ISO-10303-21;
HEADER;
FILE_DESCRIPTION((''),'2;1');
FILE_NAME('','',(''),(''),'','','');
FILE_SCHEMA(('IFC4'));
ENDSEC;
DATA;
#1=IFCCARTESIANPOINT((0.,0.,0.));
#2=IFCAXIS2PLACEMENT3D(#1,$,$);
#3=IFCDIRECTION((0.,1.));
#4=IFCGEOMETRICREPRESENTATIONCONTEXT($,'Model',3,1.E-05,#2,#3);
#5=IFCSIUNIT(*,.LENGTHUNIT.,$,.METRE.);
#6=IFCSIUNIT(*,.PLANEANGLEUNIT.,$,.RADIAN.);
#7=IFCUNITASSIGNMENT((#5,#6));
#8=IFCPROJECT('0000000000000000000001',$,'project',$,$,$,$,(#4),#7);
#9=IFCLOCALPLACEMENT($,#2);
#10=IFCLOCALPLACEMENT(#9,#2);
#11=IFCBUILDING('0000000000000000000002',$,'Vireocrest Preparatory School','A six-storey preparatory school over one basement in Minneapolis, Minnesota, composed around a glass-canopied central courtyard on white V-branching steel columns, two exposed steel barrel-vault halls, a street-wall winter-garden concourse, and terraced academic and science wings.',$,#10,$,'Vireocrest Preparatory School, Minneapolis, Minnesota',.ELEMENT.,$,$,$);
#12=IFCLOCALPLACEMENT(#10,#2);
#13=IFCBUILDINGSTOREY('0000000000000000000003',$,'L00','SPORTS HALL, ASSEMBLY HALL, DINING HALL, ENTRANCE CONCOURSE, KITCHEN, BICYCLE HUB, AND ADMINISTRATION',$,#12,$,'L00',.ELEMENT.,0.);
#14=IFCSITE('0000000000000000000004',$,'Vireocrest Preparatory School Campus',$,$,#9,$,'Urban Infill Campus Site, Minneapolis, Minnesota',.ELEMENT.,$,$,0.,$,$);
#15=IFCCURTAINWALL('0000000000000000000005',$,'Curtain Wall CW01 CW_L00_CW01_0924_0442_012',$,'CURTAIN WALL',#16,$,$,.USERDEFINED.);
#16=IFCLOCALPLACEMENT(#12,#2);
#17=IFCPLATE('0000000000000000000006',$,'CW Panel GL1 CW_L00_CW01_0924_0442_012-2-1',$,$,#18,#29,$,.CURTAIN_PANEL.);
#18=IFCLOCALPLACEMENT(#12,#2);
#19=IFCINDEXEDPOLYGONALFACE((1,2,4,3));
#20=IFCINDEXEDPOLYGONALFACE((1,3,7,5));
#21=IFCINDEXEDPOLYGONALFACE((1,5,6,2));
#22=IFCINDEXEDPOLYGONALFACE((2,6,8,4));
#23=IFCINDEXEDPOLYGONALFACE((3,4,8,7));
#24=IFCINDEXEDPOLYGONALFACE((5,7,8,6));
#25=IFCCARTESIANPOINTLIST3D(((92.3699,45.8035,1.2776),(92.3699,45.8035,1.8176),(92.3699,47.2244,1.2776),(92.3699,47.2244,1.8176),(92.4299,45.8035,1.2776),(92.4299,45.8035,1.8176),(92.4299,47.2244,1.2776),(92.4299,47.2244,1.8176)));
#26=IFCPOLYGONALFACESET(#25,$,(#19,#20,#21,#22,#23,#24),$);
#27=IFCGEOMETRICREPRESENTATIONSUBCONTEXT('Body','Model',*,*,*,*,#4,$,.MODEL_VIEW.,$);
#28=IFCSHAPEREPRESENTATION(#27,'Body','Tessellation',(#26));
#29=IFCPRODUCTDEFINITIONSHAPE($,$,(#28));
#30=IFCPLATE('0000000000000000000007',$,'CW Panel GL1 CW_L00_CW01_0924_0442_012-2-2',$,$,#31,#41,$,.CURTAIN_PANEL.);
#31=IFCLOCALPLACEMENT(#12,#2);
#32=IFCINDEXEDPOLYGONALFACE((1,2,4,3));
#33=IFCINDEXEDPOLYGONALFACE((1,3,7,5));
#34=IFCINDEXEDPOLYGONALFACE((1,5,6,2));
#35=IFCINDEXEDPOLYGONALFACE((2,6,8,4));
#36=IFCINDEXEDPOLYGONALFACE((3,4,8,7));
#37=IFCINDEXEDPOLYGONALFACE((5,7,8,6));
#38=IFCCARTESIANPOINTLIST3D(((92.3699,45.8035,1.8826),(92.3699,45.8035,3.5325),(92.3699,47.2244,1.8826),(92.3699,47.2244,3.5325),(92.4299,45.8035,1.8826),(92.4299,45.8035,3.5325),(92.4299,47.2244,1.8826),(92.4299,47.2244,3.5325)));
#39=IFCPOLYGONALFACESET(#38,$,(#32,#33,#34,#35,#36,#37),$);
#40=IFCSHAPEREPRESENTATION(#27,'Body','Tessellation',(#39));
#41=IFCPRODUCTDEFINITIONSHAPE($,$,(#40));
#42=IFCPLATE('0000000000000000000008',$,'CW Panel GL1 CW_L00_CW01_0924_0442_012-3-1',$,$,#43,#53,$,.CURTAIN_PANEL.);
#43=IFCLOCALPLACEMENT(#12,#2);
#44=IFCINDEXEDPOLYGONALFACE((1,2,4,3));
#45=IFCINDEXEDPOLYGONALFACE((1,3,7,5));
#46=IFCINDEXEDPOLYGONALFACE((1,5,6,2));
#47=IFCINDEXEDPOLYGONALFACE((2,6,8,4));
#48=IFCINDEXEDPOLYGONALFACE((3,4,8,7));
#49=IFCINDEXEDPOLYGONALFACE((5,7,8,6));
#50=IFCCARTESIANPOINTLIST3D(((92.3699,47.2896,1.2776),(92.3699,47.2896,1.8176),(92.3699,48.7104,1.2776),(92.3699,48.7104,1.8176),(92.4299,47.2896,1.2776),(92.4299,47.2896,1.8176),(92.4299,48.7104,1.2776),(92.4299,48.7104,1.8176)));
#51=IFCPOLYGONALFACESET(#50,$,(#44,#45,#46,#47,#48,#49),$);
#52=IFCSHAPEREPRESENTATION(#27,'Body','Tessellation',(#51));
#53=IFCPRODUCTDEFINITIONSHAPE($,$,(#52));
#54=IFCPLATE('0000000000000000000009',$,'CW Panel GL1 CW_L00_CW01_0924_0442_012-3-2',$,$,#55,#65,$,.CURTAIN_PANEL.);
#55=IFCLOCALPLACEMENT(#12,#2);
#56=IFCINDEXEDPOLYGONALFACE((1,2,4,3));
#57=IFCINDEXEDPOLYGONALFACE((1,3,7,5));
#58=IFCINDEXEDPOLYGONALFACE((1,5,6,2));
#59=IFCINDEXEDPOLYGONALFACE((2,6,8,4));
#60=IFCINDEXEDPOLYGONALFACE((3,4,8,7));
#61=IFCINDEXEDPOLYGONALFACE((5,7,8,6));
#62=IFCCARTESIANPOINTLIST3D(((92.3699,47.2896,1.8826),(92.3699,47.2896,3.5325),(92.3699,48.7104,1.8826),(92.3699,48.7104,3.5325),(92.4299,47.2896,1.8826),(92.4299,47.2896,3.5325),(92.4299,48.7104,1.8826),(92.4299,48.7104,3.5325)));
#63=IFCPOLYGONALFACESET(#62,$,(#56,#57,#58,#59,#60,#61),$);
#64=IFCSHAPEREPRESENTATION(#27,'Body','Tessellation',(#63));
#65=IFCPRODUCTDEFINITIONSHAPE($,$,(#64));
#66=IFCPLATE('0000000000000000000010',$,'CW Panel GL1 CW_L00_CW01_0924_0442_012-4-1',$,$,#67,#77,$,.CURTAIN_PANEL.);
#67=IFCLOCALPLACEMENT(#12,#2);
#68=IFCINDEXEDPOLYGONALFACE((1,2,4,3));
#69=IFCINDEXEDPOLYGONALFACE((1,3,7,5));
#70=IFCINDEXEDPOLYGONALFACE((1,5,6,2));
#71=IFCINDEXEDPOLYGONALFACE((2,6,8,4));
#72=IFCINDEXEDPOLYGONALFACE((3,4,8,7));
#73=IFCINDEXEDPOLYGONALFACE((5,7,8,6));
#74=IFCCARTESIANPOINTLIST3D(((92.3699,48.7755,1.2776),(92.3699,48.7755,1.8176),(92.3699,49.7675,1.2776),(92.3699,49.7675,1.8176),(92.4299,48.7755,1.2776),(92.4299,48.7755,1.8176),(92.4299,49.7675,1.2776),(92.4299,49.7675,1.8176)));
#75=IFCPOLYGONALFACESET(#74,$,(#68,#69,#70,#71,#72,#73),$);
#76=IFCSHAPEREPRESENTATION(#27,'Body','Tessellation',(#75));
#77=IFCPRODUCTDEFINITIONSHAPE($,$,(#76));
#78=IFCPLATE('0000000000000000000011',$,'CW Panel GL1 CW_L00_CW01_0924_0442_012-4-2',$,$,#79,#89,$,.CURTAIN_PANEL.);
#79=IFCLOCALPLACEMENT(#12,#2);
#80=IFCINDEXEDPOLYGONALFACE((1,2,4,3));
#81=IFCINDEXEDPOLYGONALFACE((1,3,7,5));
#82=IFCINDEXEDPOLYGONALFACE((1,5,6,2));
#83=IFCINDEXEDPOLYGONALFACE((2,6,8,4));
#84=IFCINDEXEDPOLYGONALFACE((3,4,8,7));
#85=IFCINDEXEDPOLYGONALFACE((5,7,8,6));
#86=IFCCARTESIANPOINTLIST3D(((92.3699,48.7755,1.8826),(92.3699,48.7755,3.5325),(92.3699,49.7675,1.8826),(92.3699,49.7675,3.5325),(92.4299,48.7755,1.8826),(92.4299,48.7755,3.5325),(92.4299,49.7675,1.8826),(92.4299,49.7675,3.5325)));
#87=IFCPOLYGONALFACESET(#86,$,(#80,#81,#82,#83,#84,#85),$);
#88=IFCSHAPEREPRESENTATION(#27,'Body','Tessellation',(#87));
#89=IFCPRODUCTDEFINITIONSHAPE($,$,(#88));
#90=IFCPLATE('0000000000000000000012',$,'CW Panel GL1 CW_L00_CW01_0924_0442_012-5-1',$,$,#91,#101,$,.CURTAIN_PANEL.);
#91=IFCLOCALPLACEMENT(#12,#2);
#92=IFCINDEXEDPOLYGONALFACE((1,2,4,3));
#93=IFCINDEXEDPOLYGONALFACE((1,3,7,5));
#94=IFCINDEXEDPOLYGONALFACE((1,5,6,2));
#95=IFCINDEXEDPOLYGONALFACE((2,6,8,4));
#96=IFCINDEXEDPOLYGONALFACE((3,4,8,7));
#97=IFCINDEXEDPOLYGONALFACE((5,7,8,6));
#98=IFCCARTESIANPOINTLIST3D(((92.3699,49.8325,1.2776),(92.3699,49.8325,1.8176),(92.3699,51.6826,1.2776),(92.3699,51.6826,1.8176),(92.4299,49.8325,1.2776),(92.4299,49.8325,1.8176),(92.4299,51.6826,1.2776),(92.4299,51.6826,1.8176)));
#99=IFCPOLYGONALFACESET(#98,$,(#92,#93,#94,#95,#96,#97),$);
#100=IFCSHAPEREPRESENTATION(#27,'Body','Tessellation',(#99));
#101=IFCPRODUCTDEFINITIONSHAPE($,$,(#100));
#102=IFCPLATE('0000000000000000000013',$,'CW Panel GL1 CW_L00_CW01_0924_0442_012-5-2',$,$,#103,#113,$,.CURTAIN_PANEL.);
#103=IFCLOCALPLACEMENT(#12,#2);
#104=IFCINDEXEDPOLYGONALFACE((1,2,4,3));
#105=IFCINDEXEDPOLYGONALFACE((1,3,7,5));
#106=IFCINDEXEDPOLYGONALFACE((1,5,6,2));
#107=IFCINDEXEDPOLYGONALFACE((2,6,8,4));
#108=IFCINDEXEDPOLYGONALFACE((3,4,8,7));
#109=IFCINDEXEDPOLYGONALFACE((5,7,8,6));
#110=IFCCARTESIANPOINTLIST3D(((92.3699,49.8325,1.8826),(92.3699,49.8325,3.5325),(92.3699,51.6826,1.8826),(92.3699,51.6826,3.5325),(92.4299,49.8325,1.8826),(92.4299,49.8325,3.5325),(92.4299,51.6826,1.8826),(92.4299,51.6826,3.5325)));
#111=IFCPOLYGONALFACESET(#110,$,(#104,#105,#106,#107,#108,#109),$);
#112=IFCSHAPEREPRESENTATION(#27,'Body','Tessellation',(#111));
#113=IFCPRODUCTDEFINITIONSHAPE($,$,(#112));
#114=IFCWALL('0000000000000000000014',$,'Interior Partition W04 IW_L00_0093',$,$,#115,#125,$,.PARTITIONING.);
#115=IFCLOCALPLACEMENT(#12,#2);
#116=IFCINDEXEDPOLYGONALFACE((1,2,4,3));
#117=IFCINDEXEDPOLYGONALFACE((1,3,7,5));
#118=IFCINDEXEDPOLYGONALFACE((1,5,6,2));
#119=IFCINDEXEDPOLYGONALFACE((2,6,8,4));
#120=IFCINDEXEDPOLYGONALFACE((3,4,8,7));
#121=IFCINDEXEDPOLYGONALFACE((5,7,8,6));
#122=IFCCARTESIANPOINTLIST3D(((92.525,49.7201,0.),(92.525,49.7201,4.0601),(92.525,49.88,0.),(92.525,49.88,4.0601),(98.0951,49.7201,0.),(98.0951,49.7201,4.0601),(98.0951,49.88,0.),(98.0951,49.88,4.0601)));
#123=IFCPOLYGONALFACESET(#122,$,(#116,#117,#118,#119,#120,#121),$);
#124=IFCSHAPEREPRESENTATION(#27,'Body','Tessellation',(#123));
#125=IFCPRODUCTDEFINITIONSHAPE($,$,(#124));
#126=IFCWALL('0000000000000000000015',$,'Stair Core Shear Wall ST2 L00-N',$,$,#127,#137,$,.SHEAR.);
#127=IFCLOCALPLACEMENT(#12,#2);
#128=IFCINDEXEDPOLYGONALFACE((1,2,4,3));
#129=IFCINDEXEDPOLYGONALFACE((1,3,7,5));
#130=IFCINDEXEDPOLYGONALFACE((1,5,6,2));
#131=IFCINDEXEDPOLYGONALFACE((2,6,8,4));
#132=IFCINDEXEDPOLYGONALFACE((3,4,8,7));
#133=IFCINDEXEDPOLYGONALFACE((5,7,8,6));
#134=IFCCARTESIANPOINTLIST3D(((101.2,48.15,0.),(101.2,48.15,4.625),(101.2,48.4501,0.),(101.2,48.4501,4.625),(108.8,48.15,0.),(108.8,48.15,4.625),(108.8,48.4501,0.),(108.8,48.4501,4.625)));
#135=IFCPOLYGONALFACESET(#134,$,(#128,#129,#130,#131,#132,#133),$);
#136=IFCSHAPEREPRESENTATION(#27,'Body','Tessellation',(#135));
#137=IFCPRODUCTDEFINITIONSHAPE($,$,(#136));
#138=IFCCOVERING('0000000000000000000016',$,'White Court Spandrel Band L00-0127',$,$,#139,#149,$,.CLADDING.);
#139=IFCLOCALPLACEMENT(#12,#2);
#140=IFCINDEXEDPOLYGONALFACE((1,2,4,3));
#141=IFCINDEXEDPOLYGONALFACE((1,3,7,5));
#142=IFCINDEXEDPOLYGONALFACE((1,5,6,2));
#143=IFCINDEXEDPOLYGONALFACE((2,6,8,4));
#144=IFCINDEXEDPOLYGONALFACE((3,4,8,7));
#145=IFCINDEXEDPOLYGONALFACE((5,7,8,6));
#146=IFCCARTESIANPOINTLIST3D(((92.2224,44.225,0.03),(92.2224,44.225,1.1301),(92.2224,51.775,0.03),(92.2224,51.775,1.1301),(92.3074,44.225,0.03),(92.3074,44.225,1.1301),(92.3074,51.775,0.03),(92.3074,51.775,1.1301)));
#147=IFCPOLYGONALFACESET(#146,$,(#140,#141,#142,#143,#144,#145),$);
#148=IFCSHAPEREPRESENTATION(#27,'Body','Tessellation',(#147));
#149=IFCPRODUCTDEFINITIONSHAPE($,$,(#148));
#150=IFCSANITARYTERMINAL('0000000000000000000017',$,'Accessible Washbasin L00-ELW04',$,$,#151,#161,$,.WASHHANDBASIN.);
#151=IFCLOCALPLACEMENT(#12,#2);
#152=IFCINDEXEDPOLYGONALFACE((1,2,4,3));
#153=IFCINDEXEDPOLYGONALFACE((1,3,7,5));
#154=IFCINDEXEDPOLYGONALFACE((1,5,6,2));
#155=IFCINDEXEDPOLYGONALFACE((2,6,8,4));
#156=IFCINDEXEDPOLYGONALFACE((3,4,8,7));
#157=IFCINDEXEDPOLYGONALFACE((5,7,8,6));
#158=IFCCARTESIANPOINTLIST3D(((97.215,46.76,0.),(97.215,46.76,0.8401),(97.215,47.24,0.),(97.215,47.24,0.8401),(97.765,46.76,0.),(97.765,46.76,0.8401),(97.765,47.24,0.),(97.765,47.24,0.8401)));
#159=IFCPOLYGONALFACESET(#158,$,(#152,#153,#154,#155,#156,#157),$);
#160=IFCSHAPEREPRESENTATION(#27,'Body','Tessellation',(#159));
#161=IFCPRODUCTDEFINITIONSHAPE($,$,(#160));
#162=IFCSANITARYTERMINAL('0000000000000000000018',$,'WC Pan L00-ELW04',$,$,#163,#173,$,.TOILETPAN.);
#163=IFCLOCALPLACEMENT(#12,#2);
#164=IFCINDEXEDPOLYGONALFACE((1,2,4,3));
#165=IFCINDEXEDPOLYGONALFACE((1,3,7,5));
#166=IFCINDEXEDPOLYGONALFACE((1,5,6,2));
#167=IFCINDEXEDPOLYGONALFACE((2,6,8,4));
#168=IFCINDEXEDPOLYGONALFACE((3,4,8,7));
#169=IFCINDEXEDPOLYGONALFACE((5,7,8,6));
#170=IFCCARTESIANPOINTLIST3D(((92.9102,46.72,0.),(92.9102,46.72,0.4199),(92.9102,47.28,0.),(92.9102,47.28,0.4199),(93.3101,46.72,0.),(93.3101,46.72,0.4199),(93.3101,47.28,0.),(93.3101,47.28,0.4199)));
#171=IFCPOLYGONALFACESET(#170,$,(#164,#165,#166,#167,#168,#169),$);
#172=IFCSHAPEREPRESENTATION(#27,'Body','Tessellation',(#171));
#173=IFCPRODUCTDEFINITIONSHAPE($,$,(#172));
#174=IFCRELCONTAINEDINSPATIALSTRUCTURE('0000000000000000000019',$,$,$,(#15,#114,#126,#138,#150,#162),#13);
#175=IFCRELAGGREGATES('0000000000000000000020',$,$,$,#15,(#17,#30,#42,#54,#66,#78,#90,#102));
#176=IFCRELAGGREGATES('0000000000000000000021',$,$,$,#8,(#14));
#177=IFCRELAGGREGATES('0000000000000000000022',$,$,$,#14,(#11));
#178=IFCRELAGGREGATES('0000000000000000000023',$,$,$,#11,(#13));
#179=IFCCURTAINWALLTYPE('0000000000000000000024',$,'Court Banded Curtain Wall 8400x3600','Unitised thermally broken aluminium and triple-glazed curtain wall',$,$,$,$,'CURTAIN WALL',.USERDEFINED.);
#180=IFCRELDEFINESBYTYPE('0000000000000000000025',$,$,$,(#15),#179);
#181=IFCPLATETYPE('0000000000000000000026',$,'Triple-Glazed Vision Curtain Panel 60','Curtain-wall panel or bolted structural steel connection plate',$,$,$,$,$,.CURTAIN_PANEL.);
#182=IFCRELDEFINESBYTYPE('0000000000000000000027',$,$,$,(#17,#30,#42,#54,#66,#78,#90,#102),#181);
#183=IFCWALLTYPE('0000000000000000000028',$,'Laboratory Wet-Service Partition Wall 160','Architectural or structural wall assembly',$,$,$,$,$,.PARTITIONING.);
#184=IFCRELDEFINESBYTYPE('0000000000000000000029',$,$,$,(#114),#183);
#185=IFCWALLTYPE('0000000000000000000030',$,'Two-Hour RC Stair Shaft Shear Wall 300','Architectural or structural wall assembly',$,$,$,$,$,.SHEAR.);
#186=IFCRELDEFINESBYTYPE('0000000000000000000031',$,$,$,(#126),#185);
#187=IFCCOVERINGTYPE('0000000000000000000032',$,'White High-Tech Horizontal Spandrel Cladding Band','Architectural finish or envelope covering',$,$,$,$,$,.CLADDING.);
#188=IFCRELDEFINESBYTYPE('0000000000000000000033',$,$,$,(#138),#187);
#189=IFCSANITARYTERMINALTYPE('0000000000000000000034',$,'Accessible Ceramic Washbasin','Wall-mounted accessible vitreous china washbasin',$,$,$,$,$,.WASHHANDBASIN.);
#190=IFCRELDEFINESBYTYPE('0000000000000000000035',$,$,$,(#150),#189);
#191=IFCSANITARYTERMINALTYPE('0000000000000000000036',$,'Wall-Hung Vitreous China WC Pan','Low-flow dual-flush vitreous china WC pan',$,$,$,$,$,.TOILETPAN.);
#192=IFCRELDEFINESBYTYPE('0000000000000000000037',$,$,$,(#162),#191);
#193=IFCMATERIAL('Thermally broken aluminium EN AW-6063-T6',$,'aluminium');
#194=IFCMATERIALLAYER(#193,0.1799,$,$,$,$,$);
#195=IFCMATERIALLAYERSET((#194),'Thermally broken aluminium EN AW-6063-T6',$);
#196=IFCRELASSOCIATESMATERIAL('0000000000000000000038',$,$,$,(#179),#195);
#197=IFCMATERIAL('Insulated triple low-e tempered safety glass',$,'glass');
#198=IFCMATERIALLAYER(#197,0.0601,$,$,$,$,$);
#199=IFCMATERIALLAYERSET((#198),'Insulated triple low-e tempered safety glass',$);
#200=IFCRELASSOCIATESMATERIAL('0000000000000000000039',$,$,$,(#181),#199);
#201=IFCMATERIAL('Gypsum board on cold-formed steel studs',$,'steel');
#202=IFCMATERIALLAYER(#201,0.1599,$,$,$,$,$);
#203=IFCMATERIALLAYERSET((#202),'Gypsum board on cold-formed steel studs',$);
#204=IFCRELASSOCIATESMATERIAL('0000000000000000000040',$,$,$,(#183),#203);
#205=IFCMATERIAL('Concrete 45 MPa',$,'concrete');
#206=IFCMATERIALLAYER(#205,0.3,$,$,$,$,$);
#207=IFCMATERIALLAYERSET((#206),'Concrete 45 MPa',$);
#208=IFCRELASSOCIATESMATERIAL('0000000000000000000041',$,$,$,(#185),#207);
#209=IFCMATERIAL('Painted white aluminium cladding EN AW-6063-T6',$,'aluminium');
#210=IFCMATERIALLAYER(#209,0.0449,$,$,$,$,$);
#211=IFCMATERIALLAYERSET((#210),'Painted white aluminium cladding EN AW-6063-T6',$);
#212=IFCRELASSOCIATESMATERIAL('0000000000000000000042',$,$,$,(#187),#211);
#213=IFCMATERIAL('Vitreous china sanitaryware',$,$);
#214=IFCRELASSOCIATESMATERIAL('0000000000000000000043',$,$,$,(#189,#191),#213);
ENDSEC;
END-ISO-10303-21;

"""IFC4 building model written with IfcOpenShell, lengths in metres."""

from ifc_helpers import new_model, si_unit, direction, frame, frame_2d, origin, origin_2d, place, context, subcontext, project, spatial, rectangle, extrude, material, layer, layer_set, type_object, element, aggregate, save


model = new_model("IFC4")

# Units and contexts
model_context = context("Model", 3, precision=1e-05, world=origin(), true_north=direction((0.0, 1.0)))
body_context = subcontext(model_context, "Body", "Model", "MODEL_VIEW")
ifc_project = project(units=[si_unit("LENGTHUNIT", "METRE"), si_unit("PLANEANGLEUNIT", "RADIAN")], contexts=[model_context])

# Site, building, storey
site_placement = place(None, origin())
site = spatial("IfcSite", under=ifc_project, at=site_placement, Name="Vireocrest Preparatory School Campus", LongName="Urban Infill Campus Site, Minneapolis, Minnesota", CompositionType="ELEMENT", RefElevation=0.0)
building_placement = place(site_placement, origin())
building = spatial("IfcBuilding", under=site, at=building_placement, Name="Vireocrest Preparatory School", Description="A six-storey preparatory school over one basement in Minneapolis, Minnesota, composed around a glass-canopied central courtyard on white V-branching steel columns, two exposed steel barrel-vault halls, a street-wall winter-garden concourse, and terraced academic and science wings.", LongName="Vireocrest Preparatory School, Minneapolis, Minnesota", CompositionType="ELEMENT")
storey_placement = place(building_placement, origin())
storey = spatial("IfcBuildingStorey", under=building, at=storey_placement, Name="L00", Description="SPORTS HALL, ASSEMBLY HALL, DINING HALL, ENTRANCE CONCOURSE, KITCHEN, BICYCLE HUB, AND ADMINISTRATION", LongName="L00", CompositionType="ELEMENT", Elevation=0.0)

# Curtain wall, plates
ifc_material_1 = material(Name="Thermally broken aluminium EN AW-6063-T6", Category="aluminium")
ifc_layer_1 = layer(ifc_material_1, 0.1799)
ifc_layer_set_1 = layer_set([ifc_layer_1], Name="Thermally broken aluminium EN AW-6063-T6")
curtain_wall_type = type_object("IfcCurtainWallType", Name="Court Banded Curtain Wall 8400x3600", Description="Unitised thermally broken aluminium and triple-glazed curtain wall", ElementType="CURTAIN WALL", PredefinedType="USERDEFINED", material=ifc_layer_set_1)
curtain_wall_placement = place(storey_placement, origin())
curtain_wall = element("IfcCurtainWall", 1, at=curtain_wall_placement, inside=storey, type_object=curtain_wall_type, Name="Curtain Wall CW01 CW_L00_CW01_0924_0442_012", ObjectType="CURTAIN WALL", PredefinedType="USERDEFINED")
ifc_material_2 = material(Name="Insulated triple low-e tempered safety glass", Category="glass")
ifc_layer_2 = layer(ifc_material_2, 0.0601)
ifc_layer_set_2 = layer_set([ifc_layer_2], Name="Insulated triple low-e tempered safety glass")
plate_type = type_object("IfcPlateType", Name="Triple-Glazed Vision Curtain Panel 60", Description="Curtain-wall panel or bolted structural steel connection plate", PredefinedType="CURTAIN_PANEL", material=ifc_layer_set_2)
plate_1_placement = place(storey_placement, frame((92.3999, 46.5139, 1.2776), z_axis=(0.0, 0.0, 1.0), x_axis=(0.0, 1.0, 0.0)))
plate_1 = element("IfcPlate", 2, at=plate_1_placement, type_object=plate_type, Name="CW Panel GL1 CW_L00_CW01_0924_0442_012-2-1", PredefinedType="CURTAIN_PANEL", context=body_context, shape_type="SweptSolid", body=[
    extrude(rectangle(XDim=1.4209, YDim=0.0601, at=origin_2d()), origin(), (0.0, 0.0, 1.0), 0.54),
])
plate_2_placement = place(storey_placement, frame((92.3999, 46.5139, 1.8826), z_axis=(0.0, 0.0, 1.0), x_axis=(0.0, 1.0, 0.0)))
plate_2 = element("IfcPlate", 3, at=plate_2_placement, type_object=plate_type, Name="CW Panel GL1 CW_L00_CW01_0924_0442_012-2-2", PredefinedType="CURTAIN_PANEL", context=body_context, shape_type="SweptSolid", body=[
    extrude(rectangle(XDim=1.4209, YDim=0.0601, at=origin_2d()), origin(), (0.0, 0.0, 1.0), 1.6499),
])
plate_3_placement = place(storey_placement, frame((92.3999, 48.0, 1.2776), z_axis=(0.0, 0.0, 1.0), x_axis=(0.0, 1.0, 0.0)))
plate_3 = element("IfcPlate", 4, at=plate_3_placement, type_object=plate_type, Name="CW Panel GL1 CW_L00_CW01_0924_0442_012-3-1", PredefinedType="CURTAIN_PANEL", context=body_context, shape_type="SweptSolid", body=[
    extrude(rectangle(XDim=1.4209, YDim=0.0601, at=origin_2d()), origin(), (0.0, 0.0, 1.0), 0.54),
])
plate_4_placement = place(storey_placement, frame((92.3999, 48.0, 1.8826), z_axis=(0.0, 0.0, 1.0), x_axis=(0.0, 1.0, 0.0)))
plate_4 = element("IfcPlate", 5, at=plate_4_placement, type_object=plate_type, Name="CW Panel GL1 CW_L00_CW01_0924_0442_012-3-2", PredefinedType="CURTAIN_PANEL", context=body_context, shape_type="SweptSolid", body=[
    extrude(rectangle(XDim=1.4209, YDim=0.0601, at=origin_2d()), origin(), (0.0, 0.0, 1.0), 1.6499),
])
plate_5_placement = place(storey_placement, frame((92.3999, 49.2715, 1.2776), z_axis=(0.0, 0.0, 1.0), x_axis=(0.0, 1.0, 0.0)))
plate_5 = element("IfcPlate", 6, at=plate_5_placement, type_object=plate_type, Name="CW Panel GL1 CW_L00_CW01_0924_0442_012-4-1", PredefinedType="CURTAIN_PANEL", context=body_context, shape_type="SweptSolid", body=[
    extrude(rectangle(XDim=0.9919, YDim=0.0601, at=origin_2d()), origin(), (0.0, 0.0, 1.0), 0.54),
])
plate_6_placement = place(storey_placement, frame((92.3999, 49.2715, 1.8826), z_axis=(0.0, 0.0, 1.0), x_axis=(0.0, 1.0, 0.0)))
plate_6 = element("IfcPlate", 7, at=plate_6_placement, type_object=plate_type, Name="CW Panel GL1 CW_L00_CW01_0924_0442_012-4-2", PredefinedType="CURTAIN_PANEL", context=body_context, shape_type="SweptSolid", body=[
    extrude(rectangle(XDim=0.9919, YDim=0.0601, at=origin_2d()), origin(), (0.0, 0.0, 1.0), 1.6499),
])
plate_7_placement = place(storey_placement, frame((92.3999, 50.7576, 1.2776), z_axis=(0.0, 0.0, 1.0), x_axis=(0.0, 1.0, 0.0)))
plate_7 = element("IfcPlate", 8, at=plate_7_placement, type_object=plate_type, Name="CW Panel GL1 CW_L00_CW01_0924_0442_012-5-1", PredefinedType="CURTAIN_PANEL", context=body_context, shape_type="SweptSolid", body=[
    extrude(rectangle(XDim=1.8501, YDim=0.0601, at=origin_2d()), origin(), (0.0, 0.0, 1.0), 0.54),
])
plate_8_placement = place(storey_placement, frame((92.3999, 50.7576, 1.8826), z_axis=(0.0, 0.0, 1.0), x_axis=(0.0, 1.0, 0.0)))
plate_8 = element("IfcPlate", 9, at=plate_8_placement, type_object=plate_type, Name="CW Panel GL1 CW_L00_CW01_0924_0442_012-5-2", PredefinedType="CURTAIN_PANEL", context=body_context, shape_type="SweptSolid", body=[
    extrude(rectangle(XDim=1.8501, YDim=0.0601, at=origin_2d()), origin(), (0.0, 0.0, 1.0), 1.6499),
])
aggregate(curtain_wall, [plate_1, plate_2, plate_3, plate_4, plate_5, plate_6, plate_7, plate_8])

# Walls
ifc_material_3 = material(Name="Gypsum board on cold-formed steel studs", Category="steel")
ifc_layer_3 = layer(ifc_material_3, 0.1599)
ifc_layer_set_3 = layer_set([ifc_layer_3], Name="Gypsum board on cold-formed steel studs")
wall_type_1 = type_object("IfcWallType", Name="Laboratory Wet-Service Partition Wall 160", Description="Architectural or structural wall assembly", PredefinedType="PARTITIONING", material=ifc_layer_set_3)
wall_1_placement = place(storey_placement, frame((92.5249, 49.8, 0.0), z_axis=(0.0, 0.0, 1.0), x_axis=(1.0, 0.0, 0.0)))
element("IfcWall", 10, at=wall_1_placement, inside=storey, type_object=wall_type_1, Name="Interior Partition W04 IW_L00_0093", PredefinedType="PARTITIONING", context=body_context, shape_type="SweptSolid", body=[
    extrude(rectangle(XDim=5.5701, YDim=0.1599, at=frame_2d((2.7852, 0.0))), origin(), (0.0, 0.0, 1.0), 4.0601),
])
ifc_material_4 = material(Name="Concrete 45 MPa", Category="concrete")
ifc_layer_4 = layer(ifc_material_4, 0.3)
ifc_layer_set_4 = layer_set([ifc_layer_4], Name="Concrete 45 MPa")
wall_type_2 = type_object("IfcWallType", Name="Two-Hour RC Stair Shaft Shear Wall 300", Description="Architectural or structural wall assembly", PredefinedType="SHEAR", material=ifc_layer_set_4)
wall_2_placement = place(storey_placement, frame((101.2, 48.3, 0.0), z_axis=(0.0, 0.0, 1.0), x_axis=(1.0, 0.0, 0.0)))
element("IfcWall", 11, at=wall_2_placement, inside=storey, type_object=wall_type_2, Name="Stair Core Shear Wall ST2 L00-N", PredefinedType="SHEAR", context=body_context, shape_type="SweptSolid", body=[
    extrude(rectangle(XDim=7.6001, YDim=0.3, at=frame_2d((3.8, 0.0))), origin(), (0.0, 0.0, 1.0), 4.625),
])

# Covering
ifc_material_5 = material(Name="Painted white aluminium cladding EN AW-6063-T6", Category="aluminium")
ifc_layer_5 = layer(ifc_material_5, 0.0449)
ifc_layer_set_5 = layer_set([ifc_layer_5], Name="Painted white aluminium cladding EN AW-6063-T6")
covering_type = type_object("IfcCoveringType", Name="White High-Tech Horizontal Spandrel Cladding Band", Description="Architectural finish or envelope covering", PredefinedType="CLADDING", material=ifc_layer_set_5)
covering_placement = place(storey_placement, frame((92.2649, 48.0, 0.03), z_axis=(0.0, 0.0, 1.0), x_axis=(1.0, 0.0, 0.0)))
element("IfcCovering", 12, at=covering_placement, inside=storey, type_object=covering_type, Name="White Court Spandrel Band L00-0127", PredefinedType="CLADDING", context=body_context, shape_type="SweptSolid", body=[
    extrude(rectangle(XDim=0.085, YDim=7.55, at=origin_2d()), origin(), (0.0, 0.0, 1.0), 1.1001),
])

# Sanitary terminals
ifc_material_6 = material(Name="Vitreous china sanitaryware")
sanitary_terminal_type_1 = type_object("IfcSanitaryTerminalType", Name="Accessible Ceramic Washbasin", Description="Wall-mounted accessible vitreous china washbasin", PredefinedType="WASHHANDBASIN", material=ifc_material_6)
sanitary_terminal_1_placement = place(storey_placement, frame((97.49, 47.0, 0.0), z_axis=(0.0, 0.0, 1.0), x_axis=(1.0, 0.0, 0.0)))
element("IfcSanitaryTerminal", 13, at=sanitary_terminal_1_placement, inside=storey, type_object=sanitary_terminal_type_1, Name="Accessible Washbasin L00-ELW04", PredefinedType="WASHHANDBASIN", context=body_context, shape_type="SweptSolid", body=[
    extrude(rectangle(XDim=0.55, YDim=0.48, at=origin_2d()), origin(), (0.0, 0.0, 1.0), 0.8401),
])
sanitary_terminal_type_2 = type_object("IfcSanitaryTerminalType", Name="Wall-Hung Vitreous China WC Pan", Description="Low-flow dual-flush vitreous china WC pan", PredefinedType="TOILETPAN", material=ifc_material_6)
sanitary_terminal_2_placement = place(storey_placement, frame((93.1101, 47.0, 0.0), z_axis=(0.0, 0.0, 1.0), x_axis=(1.0, 0.0, 0.0)))
element("IfcSanitaryTerminal", 14, at=sanitary_terminal_2_placement, inside=storey, type_object=sanitary_terminal_type_2, Name="WC Pan L00-ELW04", PredefinedType="TOILETPAN", context=body_context, shape_type="SweptSolid", body=[
    extrude(rectangle(XDim=0.3999, YDim=0.5601, at=origin_2d()), origin(), (0.0, 0.0, 1.0), 0.4199),
])

save(model, "model.ifc")
